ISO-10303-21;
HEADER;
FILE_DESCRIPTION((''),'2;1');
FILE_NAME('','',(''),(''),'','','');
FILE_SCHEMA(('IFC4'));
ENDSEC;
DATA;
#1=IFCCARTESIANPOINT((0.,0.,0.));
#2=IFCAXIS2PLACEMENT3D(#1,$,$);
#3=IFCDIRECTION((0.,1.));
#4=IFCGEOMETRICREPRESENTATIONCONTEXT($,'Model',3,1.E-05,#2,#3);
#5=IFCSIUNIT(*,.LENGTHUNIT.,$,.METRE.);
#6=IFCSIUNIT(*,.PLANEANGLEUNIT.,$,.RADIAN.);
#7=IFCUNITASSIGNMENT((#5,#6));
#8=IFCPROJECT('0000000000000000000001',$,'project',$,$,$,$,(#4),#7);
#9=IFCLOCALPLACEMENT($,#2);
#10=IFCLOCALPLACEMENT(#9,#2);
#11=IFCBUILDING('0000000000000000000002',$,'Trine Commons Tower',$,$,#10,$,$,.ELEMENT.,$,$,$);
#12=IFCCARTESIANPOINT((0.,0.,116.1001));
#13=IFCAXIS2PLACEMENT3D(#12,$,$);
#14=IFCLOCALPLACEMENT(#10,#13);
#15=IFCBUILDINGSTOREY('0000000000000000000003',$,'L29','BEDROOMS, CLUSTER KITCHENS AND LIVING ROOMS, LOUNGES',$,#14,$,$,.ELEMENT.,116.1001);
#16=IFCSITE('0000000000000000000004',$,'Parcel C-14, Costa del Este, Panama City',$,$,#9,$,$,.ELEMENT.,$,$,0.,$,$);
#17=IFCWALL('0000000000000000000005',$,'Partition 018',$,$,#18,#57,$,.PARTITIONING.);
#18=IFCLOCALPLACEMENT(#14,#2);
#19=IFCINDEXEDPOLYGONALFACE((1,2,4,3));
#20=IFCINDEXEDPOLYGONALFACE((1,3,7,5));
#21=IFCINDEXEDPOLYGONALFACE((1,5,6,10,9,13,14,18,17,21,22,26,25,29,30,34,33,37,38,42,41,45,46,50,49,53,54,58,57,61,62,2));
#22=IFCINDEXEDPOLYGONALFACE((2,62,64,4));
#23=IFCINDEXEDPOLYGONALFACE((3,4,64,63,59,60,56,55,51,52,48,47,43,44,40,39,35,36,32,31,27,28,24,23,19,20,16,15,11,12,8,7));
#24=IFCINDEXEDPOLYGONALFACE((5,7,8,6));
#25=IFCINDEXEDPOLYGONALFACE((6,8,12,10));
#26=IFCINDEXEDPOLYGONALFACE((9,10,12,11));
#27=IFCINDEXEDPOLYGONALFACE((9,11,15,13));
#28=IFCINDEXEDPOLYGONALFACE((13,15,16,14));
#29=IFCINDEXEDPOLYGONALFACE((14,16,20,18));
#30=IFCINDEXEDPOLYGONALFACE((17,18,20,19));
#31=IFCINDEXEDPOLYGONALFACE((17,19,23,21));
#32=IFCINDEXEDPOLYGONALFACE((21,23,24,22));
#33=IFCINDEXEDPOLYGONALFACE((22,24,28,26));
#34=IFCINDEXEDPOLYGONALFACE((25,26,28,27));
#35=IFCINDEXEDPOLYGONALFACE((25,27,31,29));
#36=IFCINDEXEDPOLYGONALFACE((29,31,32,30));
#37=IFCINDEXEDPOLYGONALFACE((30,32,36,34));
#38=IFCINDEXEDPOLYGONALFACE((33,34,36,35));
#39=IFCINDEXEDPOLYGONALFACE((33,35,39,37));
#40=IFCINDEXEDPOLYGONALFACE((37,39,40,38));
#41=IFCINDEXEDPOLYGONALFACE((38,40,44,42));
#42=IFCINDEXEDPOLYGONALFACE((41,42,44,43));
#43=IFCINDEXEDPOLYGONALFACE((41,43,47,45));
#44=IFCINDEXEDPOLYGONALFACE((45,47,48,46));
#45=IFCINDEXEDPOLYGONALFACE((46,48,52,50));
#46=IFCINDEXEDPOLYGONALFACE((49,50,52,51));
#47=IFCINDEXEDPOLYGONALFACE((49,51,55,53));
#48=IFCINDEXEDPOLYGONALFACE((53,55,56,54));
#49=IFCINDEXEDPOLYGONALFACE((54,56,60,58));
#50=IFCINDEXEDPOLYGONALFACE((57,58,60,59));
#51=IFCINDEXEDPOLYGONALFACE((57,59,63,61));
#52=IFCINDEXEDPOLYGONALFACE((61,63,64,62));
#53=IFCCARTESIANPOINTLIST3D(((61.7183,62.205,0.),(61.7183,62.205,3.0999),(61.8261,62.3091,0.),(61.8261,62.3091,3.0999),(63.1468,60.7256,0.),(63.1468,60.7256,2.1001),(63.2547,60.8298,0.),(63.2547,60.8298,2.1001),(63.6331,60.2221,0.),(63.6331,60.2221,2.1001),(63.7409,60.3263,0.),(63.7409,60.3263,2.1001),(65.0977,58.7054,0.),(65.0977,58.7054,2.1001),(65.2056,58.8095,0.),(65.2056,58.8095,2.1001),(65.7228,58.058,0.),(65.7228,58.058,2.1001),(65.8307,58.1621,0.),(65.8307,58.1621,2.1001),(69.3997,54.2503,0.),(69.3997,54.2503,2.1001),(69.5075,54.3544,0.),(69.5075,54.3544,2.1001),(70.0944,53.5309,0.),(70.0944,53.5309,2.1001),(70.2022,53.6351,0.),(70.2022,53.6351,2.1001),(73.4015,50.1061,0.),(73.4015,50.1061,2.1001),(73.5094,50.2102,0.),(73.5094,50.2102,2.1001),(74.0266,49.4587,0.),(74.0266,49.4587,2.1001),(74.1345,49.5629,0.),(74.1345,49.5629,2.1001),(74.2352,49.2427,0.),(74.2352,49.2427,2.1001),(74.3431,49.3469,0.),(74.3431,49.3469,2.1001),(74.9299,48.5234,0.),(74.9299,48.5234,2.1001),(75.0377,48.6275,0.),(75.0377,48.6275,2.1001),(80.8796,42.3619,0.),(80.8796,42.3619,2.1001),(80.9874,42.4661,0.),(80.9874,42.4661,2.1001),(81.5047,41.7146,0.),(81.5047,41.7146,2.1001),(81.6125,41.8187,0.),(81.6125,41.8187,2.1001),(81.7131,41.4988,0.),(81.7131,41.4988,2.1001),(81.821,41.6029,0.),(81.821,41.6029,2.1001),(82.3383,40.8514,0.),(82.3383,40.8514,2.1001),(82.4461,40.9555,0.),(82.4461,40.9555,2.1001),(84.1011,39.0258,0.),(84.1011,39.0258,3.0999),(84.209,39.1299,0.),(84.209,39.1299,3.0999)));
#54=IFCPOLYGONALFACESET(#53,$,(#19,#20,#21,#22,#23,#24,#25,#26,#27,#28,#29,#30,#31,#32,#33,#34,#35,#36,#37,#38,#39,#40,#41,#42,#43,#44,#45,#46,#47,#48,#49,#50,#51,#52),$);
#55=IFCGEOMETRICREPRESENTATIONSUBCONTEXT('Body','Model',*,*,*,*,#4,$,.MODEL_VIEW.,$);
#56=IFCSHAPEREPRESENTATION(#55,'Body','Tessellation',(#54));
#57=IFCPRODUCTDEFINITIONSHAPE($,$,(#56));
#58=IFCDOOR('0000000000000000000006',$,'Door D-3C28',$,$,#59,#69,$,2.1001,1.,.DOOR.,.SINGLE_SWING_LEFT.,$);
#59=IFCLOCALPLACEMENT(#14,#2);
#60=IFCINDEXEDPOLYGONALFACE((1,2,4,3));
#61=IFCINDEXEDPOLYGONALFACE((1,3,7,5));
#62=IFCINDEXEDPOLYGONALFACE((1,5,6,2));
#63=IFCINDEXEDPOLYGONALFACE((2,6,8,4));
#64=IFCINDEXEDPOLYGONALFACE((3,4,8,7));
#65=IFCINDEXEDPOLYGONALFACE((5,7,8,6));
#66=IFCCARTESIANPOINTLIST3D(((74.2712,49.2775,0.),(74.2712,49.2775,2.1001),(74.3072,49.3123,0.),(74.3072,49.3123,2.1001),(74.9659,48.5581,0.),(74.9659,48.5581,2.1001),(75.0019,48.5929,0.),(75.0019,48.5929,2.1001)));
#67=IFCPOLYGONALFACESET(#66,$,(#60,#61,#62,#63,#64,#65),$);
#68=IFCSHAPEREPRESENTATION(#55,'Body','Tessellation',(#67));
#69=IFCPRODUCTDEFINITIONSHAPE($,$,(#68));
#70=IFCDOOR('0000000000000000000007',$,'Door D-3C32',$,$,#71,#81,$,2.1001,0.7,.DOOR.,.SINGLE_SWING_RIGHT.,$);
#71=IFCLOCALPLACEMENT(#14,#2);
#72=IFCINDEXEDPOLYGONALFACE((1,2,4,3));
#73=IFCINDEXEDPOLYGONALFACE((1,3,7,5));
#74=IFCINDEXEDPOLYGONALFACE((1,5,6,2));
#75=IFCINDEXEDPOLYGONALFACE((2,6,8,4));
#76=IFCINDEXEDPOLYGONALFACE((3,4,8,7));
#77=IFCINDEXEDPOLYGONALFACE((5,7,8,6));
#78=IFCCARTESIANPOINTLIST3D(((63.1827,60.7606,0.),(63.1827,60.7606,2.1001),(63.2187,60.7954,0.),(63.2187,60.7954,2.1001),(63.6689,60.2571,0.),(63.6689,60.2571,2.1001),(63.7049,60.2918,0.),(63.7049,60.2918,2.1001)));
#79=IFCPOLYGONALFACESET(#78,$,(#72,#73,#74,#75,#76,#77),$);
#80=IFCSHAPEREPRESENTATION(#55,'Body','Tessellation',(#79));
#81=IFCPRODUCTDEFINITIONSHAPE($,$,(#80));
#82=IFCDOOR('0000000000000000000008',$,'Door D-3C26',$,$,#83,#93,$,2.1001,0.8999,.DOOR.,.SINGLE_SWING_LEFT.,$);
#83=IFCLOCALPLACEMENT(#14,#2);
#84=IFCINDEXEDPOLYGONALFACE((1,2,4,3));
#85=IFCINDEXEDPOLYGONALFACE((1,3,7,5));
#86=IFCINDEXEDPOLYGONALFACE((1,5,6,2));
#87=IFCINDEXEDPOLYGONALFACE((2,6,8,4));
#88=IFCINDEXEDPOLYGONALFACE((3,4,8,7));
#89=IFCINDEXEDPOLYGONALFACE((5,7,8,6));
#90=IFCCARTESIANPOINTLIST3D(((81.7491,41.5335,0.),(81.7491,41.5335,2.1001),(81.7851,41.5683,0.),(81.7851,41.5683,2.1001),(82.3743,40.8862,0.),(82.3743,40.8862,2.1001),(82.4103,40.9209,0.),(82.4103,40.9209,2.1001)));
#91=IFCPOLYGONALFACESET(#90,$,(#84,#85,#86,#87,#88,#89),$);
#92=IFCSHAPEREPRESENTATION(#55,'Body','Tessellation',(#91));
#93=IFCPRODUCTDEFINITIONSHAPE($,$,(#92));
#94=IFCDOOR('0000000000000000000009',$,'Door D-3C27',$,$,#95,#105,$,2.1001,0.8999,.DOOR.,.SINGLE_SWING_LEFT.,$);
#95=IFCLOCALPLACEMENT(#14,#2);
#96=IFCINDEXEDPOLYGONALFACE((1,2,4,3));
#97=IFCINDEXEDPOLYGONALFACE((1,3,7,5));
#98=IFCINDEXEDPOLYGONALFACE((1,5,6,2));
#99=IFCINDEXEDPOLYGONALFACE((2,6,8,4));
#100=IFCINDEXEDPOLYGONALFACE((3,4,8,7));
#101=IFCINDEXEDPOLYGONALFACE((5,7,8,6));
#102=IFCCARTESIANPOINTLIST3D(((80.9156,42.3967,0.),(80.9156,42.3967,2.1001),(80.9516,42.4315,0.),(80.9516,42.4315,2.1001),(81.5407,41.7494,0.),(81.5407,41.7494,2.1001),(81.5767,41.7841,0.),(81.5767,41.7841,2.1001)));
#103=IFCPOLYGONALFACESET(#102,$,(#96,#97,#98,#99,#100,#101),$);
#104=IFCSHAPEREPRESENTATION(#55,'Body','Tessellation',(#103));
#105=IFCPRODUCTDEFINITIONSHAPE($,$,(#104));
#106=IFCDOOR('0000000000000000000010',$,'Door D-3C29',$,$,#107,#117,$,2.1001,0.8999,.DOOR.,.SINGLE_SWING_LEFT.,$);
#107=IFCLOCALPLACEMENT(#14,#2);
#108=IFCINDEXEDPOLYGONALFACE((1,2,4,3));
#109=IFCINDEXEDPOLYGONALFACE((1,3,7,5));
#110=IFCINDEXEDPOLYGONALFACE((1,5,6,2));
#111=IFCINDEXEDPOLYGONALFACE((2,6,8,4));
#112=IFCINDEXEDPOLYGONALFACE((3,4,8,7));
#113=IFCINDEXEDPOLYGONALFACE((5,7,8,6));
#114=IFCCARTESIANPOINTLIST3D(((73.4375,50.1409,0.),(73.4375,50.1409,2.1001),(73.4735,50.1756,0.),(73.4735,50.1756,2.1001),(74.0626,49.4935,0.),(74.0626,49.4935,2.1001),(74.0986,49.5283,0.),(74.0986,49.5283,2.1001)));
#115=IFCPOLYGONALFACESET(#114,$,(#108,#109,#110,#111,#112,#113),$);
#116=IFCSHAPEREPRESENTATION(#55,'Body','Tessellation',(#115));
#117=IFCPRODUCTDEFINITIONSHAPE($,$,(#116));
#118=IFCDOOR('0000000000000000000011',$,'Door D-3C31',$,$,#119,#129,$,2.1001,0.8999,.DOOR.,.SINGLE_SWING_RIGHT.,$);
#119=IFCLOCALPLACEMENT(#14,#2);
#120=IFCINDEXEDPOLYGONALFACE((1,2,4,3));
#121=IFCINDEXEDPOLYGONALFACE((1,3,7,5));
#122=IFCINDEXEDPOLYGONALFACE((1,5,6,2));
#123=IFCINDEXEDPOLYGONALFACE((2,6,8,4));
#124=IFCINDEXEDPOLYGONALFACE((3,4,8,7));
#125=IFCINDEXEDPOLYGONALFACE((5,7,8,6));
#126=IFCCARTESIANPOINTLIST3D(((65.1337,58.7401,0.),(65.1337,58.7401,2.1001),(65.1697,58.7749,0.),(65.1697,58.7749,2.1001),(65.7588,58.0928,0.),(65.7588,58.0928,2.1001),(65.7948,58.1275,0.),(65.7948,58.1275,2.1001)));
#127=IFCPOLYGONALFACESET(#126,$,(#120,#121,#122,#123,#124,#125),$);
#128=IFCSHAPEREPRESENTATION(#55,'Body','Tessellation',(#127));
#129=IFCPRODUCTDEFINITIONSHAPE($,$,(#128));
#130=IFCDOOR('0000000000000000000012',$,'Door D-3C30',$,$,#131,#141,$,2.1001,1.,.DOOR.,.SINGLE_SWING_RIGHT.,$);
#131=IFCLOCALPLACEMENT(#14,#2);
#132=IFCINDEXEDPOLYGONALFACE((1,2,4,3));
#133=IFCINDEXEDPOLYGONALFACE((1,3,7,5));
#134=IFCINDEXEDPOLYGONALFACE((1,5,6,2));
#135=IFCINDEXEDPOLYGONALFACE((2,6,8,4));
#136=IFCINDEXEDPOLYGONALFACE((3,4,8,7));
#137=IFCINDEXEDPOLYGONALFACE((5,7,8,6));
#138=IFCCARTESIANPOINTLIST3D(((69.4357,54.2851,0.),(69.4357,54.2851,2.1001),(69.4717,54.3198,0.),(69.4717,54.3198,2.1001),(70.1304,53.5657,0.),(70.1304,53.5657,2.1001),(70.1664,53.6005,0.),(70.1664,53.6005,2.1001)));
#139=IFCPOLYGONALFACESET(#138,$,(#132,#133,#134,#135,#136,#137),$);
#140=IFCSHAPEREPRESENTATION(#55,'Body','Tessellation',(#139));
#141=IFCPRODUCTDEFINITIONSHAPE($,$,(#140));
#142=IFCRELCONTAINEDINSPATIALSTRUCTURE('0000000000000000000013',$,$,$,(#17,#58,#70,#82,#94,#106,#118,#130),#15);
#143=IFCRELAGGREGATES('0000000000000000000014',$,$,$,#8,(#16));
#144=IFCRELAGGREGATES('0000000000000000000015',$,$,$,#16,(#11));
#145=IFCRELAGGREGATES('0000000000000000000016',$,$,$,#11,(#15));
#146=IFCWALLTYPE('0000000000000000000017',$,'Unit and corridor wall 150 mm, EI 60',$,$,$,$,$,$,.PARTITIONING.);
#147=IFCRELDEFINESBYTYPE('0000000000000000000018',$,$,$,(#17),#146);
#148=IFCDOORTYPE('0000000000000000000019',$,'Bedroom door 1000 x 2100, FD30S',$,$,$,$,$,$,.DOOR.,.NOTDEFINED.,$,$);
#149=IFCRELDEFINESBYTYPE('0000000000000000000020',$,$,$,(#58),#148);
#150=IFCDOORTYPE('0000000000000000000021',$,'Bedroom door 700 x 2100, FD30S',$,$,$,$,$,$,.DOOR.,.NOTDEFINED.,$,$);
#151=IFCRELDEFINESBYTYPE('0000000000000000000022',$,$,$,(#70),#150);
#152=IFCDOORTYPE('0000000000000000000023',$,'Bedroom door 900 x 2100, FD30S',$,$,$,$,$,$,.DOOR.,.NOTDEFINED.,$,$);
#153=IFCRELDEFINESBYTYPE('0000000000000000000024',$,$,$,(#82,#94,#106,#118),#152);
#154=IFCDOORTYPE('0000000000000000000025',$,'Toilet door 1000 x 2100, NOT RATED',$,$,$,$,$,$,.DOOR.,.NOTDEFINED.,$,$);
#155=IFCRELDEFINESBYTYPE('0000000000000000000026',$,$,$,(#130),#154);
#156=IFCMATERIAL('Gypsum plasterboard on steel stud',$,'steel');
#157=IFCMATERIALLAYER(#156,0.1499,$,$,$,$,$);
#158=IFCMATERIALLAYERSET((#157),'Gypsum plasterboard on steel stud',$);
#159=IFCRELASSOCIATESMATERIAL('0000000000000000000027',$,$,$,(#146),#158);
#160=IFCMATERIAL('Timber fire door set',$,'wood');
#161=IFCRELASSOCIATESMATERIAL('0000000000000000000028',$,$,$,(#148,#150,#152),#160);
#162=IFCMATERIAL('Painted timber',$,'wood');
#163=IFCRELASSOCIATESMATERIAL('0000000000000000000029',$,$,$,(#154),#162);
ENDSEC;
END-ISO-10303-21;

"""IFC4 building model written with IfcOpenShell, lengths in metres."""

from ifc_helpers import new_model, si_unit, direction, frame, frame_2d, origin, place, context, subcontext, project, spatial, rectangle, extrude, material, layer, layer_set, type_object, element, fill, save


model = new_model("IFC4")

# Units and contexts
model_context = context("Model", 3, precision=1e-05, world=origin(), true_north=direction((0.0, 1.0)))
body_context = subcontext(model_context, "Body", "Model", "MODEL_VIEW")
ifc_project = project(units=[si_unit("LENGTHUNIT", "METRE"), si_unit("PLANEANGLEUNIT", "RADIAN")], contexts=[model_context])

# Site, building, storey
site_placement = place(None, origin())
site = spatial("IfcSite", under=ifc_project, at=site_placement, Name="Parcel C-14, Costa del Este, Panama City", CompositionType="ELEMENT", RefElevation=0.0)
building_placement = place(site_placement, origin())
building = spatial("IfcBuilding", under=site, at=building_placement, Name="Trine Commons Tower", CompositionType="ELEMENT")
storey_placement = place(building_placement, frame((0.0, 0.0, 116.1001)))
storey = spatial("IfcBuildingStorey", under=building, at=storey_placement, Name="L29", Description="BEDROOMS, CLUSTER KITCHENS AND LIVING ROOMS, LOUNGES", CompositionType="ELEMENT", Elevation=116.1001)

# Shared definitions
ifc_material_1 = material(Name="Gypsum plasterboard on steel stud", Category="steel")
ifc_layer_1 = layer(ifc_material_1, 0.1499)
ifc_layer_set_1 = layer_set([ifc_layer_1], Name="Gypsum plasterboard on steel stud")
wall_type_1 = type_object("IfcWallType", Name="Unit and corridor wall 150 mm, EI 60", PredefinedType="PARTITIONING", material=ifc_layer_set_1)

# Wall, openings, doors
ifc_material_2 = material(Name="Timber fire door set", Category="wood")
ifc_material_3 = material(Name="Painted timber", Category="wood")
wall_1_placement = place(storey_placement, frame((61.7722, 62.2571, 0.0), z_axis=(0.0, 0.0, 1.0), x_axis=(0.694641, -0.719357, 0.0)))
wall_1 = element("IfcWall", 1, at=wall_1_placement, inside=storey, type_object=wall_type_1, Name="Partition 018", PredefinedType="PARTITIONING", context=body_context, shape_type="SweptSolid", body=[
    extrude(rectangle(XDim=32.2222, YDim=0.1499, at=frame_2d((16.1111, 0.0))), origin(), (0.0, 0.0, 1.0), 3.0999),
])
opening_1_placement = place(wall_1_placement, frame((28.7844, 0.0, 0.0)))
opening_1 = element("IfcOpeningElement", 2, at=opening_1_placement, cuts=wall_1, PredefinedType="OPENING", context=body_context, shape_type="SweptSolid", body=[
    extrude(rectangle(XDim=0.8999, YDim=2.1001, at=frame_2d((0.45, 1.05))), frame((0.0, 0.085, 0.0), z_axis=(0.0, -1.0, 0.0), x_axis=(1.0, 0.0, 0.0)), (0.0, 0.0, 1.0), 0.1699),
])
opening_2_placement = place(wall_1_placement, frame((27.5845, 0.0, 0.0)))
opening_2 = element("IfcOpeningElement", 3, at=opening_2_placement, cuts=wall_1, PredefinedType="OPENING", context=body_context, shape_type="SweptSolid", body=[
    extrude(rectangle(XDim=0.8999, YDim=2.1001, at=frame_2d((0.45, 1.05))), frame((0.0, 0.085, 0.0), z_axis=(0.0, -1.0, 0.0), x_axis=(1.0, 0.0, 0.0)), (0.0, 0.0, 1.0), 0.1699),
])
opening_3_placement = place(wall_1_placement, frame((18.0193, 0.0, 0.0)))
opening_3 = element("IfcOpeningElement", 4, at=opening_3_placement, cuts=wall_1, PredefinedType="OPENING", context=body_context, shape_type="SweptSolid", body=[
    extrude(rectangle(XDim=1.0, YDim=2.1001, at=frame_2d((0.5, 1.05))), frame((0.0, 0.085, 0.0), z_axis=(0.0, -1.0, 0.0), x_axis=(1.0, 0.0, 0.0)), (0.0, 0.0, 1.0), 0.1699),
])
opening_4_placement = place(wall_1_placement, frame((16.8191, 0.0, 0.0)))
opening_4 = element("IfcOpeningElement", 5, at=opening_4_placement, cuts=wall_1, PredefinedType="OPENING", context=body_context, shape_type="SweptSolid", body=[
    extrude(rectangle(XDim=0.8999, YDim=2.1001, at=frame_2d((0.45, 1.05))), frame((0.0, 0.085, 0.0), z_axis=(0.0, -1.0, 0.0), x_axis=(1.0, 0.0, 0.0)), (0.0, 0.0, 1.0), 0.1699),
])
opening_5_placement = place(wall_1_placement, frame((11.0581, 0.0, 0.0)))
opening_5 = element("IfcOpeningElement", 6, at=opening_5_placement, cuts=wall_1, PredefinedType="OPENING", context=body_context, shape_type="SweptSolid", body=[
    extrude(rectangle(XDim=1.0, YDim=2.1001, at=frame_2d((0.5, 1.05))), frame((0.0, 0.085, 0.0), z_axis=(0.0, -1.0, 0.0), x_axis=(1.0, 0.0, 0.0)), (0.0, 0.0, 1.0), 0.1699),
])
opening_6_placement = place(wall_1_placement, frame((4.865, 0.0, 0.0)))
opening_6 = element("IfcOpeningElement", 7, at=opening_6_placement, cuts=wall_1, PredefinedType="OPENING", context=body_context, shape_type="SweptSolid", body=[
    extrude(rectangle(XDim=0.8999, YDim=2.1001, at=frame_2d((0.45, 1.05))), frame((0.0, 0.085, 0.0), z_axis=(0.0, -1.0, 0.0), x_axis=(1.0, 0.0, 0.0)), (0.0, 0.0, 1.0), 0.1699),
])
opening_7_placement = place(wall_1_placement, frame((2.0564, 0.0, 0.0)))
opening_7 = element("IfcOpeningElement", 8, at=opening_7_placement, cuts=wall_1, PredefinedType="OPENING", context=body_context, shape_type="SweptSolid", body=[
    extrude(rectangle(XDim=0.7, YDim=2.1001, at=frame_2d((0.3501, 1.05))), frame((0.0, 0.085, 0.0), z_axis=(0.0, -1.0, 0.0), x_axis=(1.0, 0.0, 0.0)), (0.0, 0.0, 1.0), 0.1699),
])
door_type_1 = type_object("IfcDoorType", Name="Bedroom door 1000 x 2100, FD30S", OperationType="NOTDEFINED", PredefinedType="DOOR", material=ifc_material_2)
door_1_placement = place(opening_3_placement, frame((1.0, 0.0, 0.0), z_axis=(0.0, 0.0, 1.0), x_axis=(-1.0, 0.0, 0.0)))
door_1 = element("IfcDoor", 9, at=door_1_placement, inside=storey, type_object=door_type_1, Name="Door D-3C28", OperationType="SINGLE_SWING_LEFT", OverallHeight=2.1001, OverallWidth=1.0, PredefinedType="DOOR", context=body_context, shape_type="SweptSolid", body=[
    extrude(rectangle(XDim=1.0, YDim=2.1001, at=frame_2d((0.5, 1.05))), frame((0.0, 0.0249, 0.0), z_axis=(0.0, -1.0, 0.0), x_axis=(1.0, 0.0, 0.0)), (0.0, 0.0, 1.0), 0.05),
])
fill(opening_3, door_1)
door_type_2 = type_object("IfcDoorType", Name="Bedroom door 700 x 2100, FD30S", OperationType="NOTDEFINED", PredefinedType="DOOR", material=ifc_material_2)
door_2_placement = place(opening_7_placement, frame((0.7, 0.0, 0.0), z_axis=(0.0, 0.0, 1.0), x_axis=(-1.0, 0.0, 0.0)))
door_2 = element("IfcDoor", 10, at=door_2_placement, inside=storey, type_object=door_type_2, Name="Door D-3C32", OperationType="SINGLE_SWING_RIGHT", OverallHeight=2.1001, OverallWidth=0.7, PredefinedType="DOOR", context=body_context, shape_type="SweptSolid", body=[
    extrude(rectangle(XDim=0.7, YDim=2.1001, at=frame_2d((0.3501, 1.05))), frame((0.0, 0.0249, 0.0), z_axis=(0.0, -1.0, 0.0), x_axis=(1.0, 0.0, 0.0)), (0.0, 0.0, 1.0), 0.05),
])
fill(opening_7, door_2)
door_type_3 = type_object("IfcDoorType", Name="Bedroom door 900 x 2100, FD30S", OperationType="NOTDEFINED", PredefinedType="DOOR", material=ifc_material_2)
door_3_placement = place(opening_1_placement, frame((0.8999, 0.0, 0.0), z_axis=(0.0, 0.0, 1.0), x_axis=(-1.0, 0.0, 0.0)))
door_3 = element("IfcDoor", 11, at=door_3_placement, inside=storey, type_object=door_type_3, Name="Door D-3C26", OperationType="SINGLE_SWING_LEFT", OverallHeight=2.1001, OverallWidth=0.8999, PredefinedType="DOOR", context=body_context, shape_type="SweptSolid", body=[
    extrude(rectangle(XDim=0.8999, YDim=2.1001, at=frame_2d((0.45, 1.05))), frame((0.0, 0.0249, 0.0), z_axis=(0.0, -1.0, 0.0), x_axis=(1.0, 0.0, 0.0)), (0.0, 0.0, 1.0), 0.05),
])
fill(opening_1, door_3)
door_4_placement = place(opening_2_placement, frame((0.8999, 0.0, 0.0), z_axis=(0.0, 0.0, 1.0), x_axis=(-1.0, 0.0, 0.0)))
door_4 = element("IfcDoor", 12, at=door_4_placement, inside=storey, type_object=door_type_3, Name="Door D-3C27", OperationType="SINGLE_SWING_LEFT", OverallHeight=2.1001, OverallWidth=0.8999, PredefinedType="DOOR", context=body_context, shape_type="SweptSolid", body=[
    extrude(rectangle(XDim=0.8999, YDim=2.1001, at=frame_2d((0.45, 1.05))), frame((0.0, 0.0249, 0.0), z_axis=(0.0, -1.0, 0.0), x_axis=(1.0, 0.0, 0.0)), (0.0, 0.0, 1.0), 0.05),
])
fill(opening_2, door_4)
door_5_placement = place(opening_4_placement, frame((0.8999, 0.0, 0.0), z_axis=(0.0, 0.0, 1.0), x_axis=(-1.0, 0.0, 0.0)))
door_5 = element("IfcDoor", 13, at=door_5_placement, inside=storey, type_object=door_type_3, Name="Door D-3C29", OperationType="SINGLE_SWING_LEFT", OverallHeight=2.1001, OverallWidth=0.8999, PredefinedType="DOOR", context=body_context, shape_type="SweptSolid", body=[
    extrude(rectangle(XDim=0.8999, YDim=2.1001, at=frame_2d((0.45, 1.05))), frame((0.0, 0.0249, 0.0), z_axis=(0.0, -1.0, 0.0), x_axis=(1.0, 0.0, 0.0)), (0.0, 0.0, 1.0), 0.05),
])
fill(opening_4, door_5)
door_6_placement = place(opening_6_placement, frame((0.8999, 0.0, 0.0), z_axis=(0.0, 0.0, 1.0), x_axis=(-1.0, 0.0, 0.0)))
door_6 = element("IfcDoor", 14, at=door_6_placement, inside=storey, type_object=door_type_3, Name="Door D-3C31", OperationType="SINGLE_SWING_RIGHT", OverallHeight=2.1001, OverallWidth=0.8999, PredefinedType="DOOR", context=body_context, shape_type="SweptSolid", body=[
    extrude(rectangle(XDim=0.8999, YDim=2.1001, at=frame_2d((0.45, 1.05))), frame((0.0, 0.0249, 0.0), z_axis=(0.0, -1.0, 0.0), x_axis=(1.0, 0.0, 0.0)), (0.0, 0.0, 1.0), 0.05),
])
fill(opening_6, door_6)
door_type_4 = type_object("IfcDoorType", Name="Toilet door 1000 x 2100, NOT RATED", OperationType="NOTDEFINED", PredefinedType="DOOR", material=ifc_material_3)
door_7_placement = place(opening_5_placement, frame((1.0, 0.0, 0.0), z_axis=(0.0, 0.0, 1.0), x_axis=(-1.0, 0.0, 0.0)))
door_7 = element("IfcDoor", 15, at=door_7_placement, inside=storey, type_object=door_type_4, Name="Door D-3C30", OperationType="SINGLE_SWING_RIGHT", OverallHeight=2.1001, OverallWidth=1.0, PredefinedType="DOOR", context=body_context, shape_type="SweptSolid", body=[
    extrude(rectangle(XDim=1.0, YDim=2.1001, at=frame_2d((0.5, 1.05))), frame((0.0, 0.0249, 0.0), z_axis=(0.0, -1.0, 0.0), x_axis=(1.0, 0.0, 0.0)), (0.0, 0.0, 1.0), 0.05),
])
fill(opening_5, door_7)

save(model, "model.ifc")
